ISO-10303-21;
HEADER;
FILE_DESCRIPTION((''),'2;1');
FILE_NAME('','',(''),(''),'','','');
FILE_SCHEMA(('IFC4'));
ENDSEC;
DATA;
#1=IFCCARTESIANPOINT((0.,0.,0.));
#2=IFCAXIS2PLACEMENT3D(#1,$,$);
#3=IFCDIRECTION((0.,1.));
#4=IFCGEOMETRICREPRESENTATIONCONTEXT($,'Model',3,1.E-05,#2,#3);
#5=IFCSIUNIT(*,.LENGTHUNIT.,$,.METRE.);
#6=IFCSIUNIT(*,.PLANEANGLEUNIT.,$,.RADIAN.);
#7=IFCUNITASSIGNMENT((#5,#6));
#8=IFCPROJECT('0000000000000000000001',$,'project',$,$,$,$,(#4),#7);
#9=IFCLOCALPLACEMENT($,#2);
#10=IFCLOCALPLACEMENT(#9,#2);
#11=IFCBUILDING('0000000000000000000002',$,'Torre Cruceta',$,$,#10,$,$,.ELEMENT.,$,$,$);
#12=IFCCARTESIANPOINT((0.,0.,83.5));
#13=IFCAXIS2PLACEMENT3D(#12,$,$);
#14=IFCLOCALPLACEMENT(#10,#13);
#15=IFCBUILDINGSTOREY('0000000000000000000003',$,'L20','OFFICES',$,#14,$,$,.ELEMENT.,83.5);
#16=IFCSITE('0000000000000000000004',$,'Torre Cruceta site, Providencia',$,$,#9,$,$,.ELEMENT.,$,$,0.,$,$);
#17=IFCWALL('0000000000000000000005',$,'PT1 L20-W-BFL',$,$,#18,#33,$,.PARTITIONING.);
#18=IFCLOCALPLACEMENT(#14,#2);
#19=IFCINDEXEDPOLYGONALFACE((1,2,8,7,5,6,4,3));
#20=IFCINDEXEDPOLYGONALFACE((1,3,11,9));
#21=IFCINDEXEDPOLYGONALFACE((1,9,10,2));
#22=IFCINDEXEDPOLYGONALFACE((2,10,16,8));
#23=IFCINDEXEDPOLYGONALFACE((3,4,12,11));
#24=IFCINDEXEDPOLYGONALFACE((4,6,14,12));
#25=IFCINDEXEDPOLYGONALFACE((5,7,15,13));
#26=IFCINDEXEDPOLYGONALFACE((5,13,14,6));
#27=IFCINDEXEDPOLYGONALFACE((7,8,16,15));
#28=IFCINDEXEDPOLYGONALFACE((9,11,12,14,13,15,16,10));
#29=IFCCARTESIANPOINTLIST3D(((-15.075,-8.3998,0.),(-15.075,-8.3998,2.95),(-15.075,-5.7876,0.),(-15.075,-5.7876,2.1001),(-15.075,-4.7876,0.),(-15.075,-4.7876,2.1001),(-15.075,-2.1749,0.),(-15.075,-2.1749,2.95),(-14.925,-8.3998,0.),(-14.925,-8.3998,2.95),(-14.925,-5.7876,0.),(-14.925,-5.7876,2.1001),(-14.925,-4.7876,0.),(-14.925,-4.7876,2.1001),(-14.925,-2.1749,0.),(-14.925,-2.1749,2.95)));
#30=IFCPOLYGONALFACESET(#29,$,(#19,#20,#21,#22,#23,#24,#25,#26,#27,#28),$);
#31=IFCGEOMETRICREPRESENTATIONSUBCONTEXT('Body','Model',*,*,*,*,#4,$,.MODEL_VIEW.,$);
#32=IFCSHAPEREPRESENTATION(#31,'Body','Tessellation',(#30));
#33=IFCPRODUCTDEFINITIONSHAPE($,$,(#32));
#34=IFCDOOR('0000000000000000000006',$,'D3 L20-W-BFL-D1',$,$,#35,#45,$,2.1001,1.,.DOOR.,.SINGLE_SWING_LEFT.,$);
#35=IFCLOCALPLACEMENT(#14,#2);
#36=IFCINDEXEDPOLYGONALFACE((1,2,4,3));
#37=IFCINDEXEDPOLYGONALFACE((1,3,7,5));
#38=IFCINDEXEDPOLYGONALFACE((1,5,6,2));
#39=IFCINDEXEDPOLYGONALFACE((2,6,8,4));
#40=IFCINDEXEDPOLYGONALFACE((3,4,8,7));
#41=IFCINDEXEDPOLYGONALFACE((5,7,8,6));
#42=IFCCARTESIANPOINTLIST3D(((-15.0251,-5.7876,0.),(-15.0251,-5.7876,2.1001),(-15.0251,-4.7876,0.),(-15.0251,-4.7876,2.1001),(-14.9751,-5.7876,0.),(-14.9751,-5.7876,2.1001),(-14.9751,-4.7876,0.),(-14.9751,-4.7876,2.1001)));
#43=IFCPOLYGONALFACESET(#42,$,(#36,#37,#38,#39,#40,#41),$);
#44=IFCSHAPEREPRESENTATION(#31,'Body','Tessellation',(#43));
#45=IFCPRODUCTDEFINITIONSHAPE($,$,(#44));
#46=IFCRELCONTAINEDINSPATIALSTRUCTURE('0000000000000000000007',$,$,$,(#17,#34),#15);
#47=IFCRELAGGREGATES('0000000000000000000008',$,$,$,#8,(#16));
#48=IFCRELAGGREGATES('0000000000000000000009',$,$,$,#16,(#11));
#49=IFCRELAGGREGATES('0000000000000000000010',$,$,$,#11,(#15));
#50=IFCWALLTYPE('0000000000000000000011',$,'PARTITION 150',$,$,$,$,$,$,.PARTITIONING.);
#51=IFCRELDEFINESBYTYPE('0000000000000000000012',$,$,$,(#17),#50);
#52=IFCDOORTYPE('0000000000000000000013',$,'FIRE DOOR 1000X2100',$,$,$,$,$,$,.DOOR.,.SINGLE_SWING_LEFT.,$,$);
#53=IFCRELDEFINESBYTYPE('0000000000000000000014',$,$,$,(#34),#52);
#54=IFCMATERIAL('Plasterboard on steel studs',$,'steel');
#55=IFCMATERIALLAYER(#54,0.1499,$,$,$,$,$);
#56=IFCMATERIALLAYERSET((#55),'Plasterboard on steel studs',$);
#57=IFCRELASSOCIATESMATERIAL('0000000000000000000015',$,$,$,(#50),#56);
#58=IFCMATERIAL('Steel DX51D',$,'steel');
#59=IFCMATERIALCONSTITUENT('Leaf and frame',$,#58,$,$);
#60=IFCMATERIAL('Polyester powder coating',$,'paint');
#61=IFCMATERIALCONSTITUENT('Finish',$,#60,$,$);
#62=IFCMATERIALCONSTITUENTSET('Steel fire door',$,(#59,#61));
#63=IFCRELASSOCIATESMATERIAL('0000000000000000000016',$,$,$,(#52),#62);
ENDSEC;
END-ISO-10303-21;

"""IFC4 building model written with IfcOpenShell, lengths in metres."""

from ifc_helpers import new_model, si_unit, direction, frame, frame_2d, origin, place, context, subcontext, project, spatial, rectangle, extrude, material, layer, layer_set, constituent, constituent_set, type_object, element, fill, save


model = new_model("IFC4")

# Units and contexts
model_context = context("Model", 3, precision=1e-05, world=origin(), true_north=direction((0.0, 1.0)))
body_context = subcontext(model_context, "Body", "Model", "MODEL_VIEW")
ifc_project = project(units=[si_unit("LENGTHUNIT", "METRE"), si_unit("PLANEANGLEUNIT", "RADIAN")], contexts=[model_context])

# Site, building, storey
site_placement = place(None, origin())
site = spatial("IfcSite", under=ifc_project, at=site_placement, Name="Torre Cruceta site, Providencia", CompositionType="ELEMENT", RefElevation=0.0)
building_placement = place(site_placement, origin())
building = spatial("IfcBuilding", under=site, at=building_placement, Name="Torre Cruceta", CompositionType="ELEMENT")
storey_placement = place(building_placement, frame((0.0, 0.0, 83.5)))
storey = spatial("IfcBuildingStorey", under=building, at=storey_placement, Name="L20", Description="OFFICES", CompositionType="ELEMENT", Elevation=83.5)

# Wall, opening, door
ifc_material_1 = material(Name="Plasterboard on steel studs", Category="steel")
ifc_layer_1 = layer(ifc_material_1, 0.1499)
ifc_layer_set_1 = layer_set([ifc_layer_1], Name="Plasterboard on steel studs")
wall_type_1 = type_object("IfcWallType", Name="PARTITION 150", PredefinedType="PARTITIONING", material=ifc_layer_set_1)
wall_1_placement = place(storey_placement, frame((-15.0, -2.175, 0.0), z_axis=(0.0, 0.0, 1.0), x_axis=(0.0, -1.0, 0.0)))
wall_1 = element("IfcWall", 1, at=wall_1_placement, inside=storey, type_object=wall_type_1, Name="PT1 L20-W-BFL", PredefinedType="PARTITIONING", context=body_context, shape_type="SweptSolid", body=[
    extrude(rectangle(XDim=6.2249, YDim=0.1499, at=frame_2d((3.1123, 0.0))), origin(), (0.0, 0.0, 1.0), 2.95),
])
opening_1_placement = place(wall_1_placement, frame((2.6125, 0.0, 0.0)))
opening_1 = element("IfcOpeningElement", 2, at=opening_1_placement, cuts=wall_1, PredefinedType="OPENING", context=body_context, shape_type="SweptSolid", body=[
    extrude(rectangle(XDim=1.0, YDim=2.1001, at=frame_2d((0.5, 1.05))), frame((0.0, 0.085, 0.0), z_axis=(0.0, -1.0, 0.0), x_axis=(1.0, 0.0, 0.0)), (0.0, 0.0, 1.0), 0.1699),
])
ifc_material_2 = material(Name="Steel DX51D", Category="steel")
ifc_constituent_1 = constituent(ifc_material_2, Name="Leaf and frame")
ifc_material_3 = material(Name="Polyester powder coating", Category="paint")
ifc_constituent_2 = constituent(ifc_material_3, Name="Finish")
ifc_constituent_set_1 = constituent_set(constituents=[ifc_constituent_1, ifc_constituent_2], Name="Steel fire door")
door_type = type_object("IfcDoorType", Name="FIRE DOOR 1000X2100", OperationType="SINGLE_SWING_LEFT", PredefinedType="DOOR", material=ifc_constituent_set_1)
door_placement = place(opening_1_placement, origin())
door = element("IfcDoor", 3, at=door_placement, inside=storey, type_object=door_type, Name="D3 L20-W-BFL-D1", OperationType="SINGLE_SWING_LEFT", OverallHeight=2.1001, OverallWidth=1.0, PredefinedType="DOOR", context=body_context, shape_type="SweptSolid", body=[
    extrude(rectangle(XDim=1.0, YDim=2.1001, at=frame_2d((0.5, 1.05))), frame((0.0, 0.0249, 0.0), z_axis=(0.0, -1.0, 0.0), x_axis=(1.0, 0.0, 0.0)), (0.0, 0.0, 1.0), 0.05),
])
fill(opening_1, door)

save(model, "model.ifc")
